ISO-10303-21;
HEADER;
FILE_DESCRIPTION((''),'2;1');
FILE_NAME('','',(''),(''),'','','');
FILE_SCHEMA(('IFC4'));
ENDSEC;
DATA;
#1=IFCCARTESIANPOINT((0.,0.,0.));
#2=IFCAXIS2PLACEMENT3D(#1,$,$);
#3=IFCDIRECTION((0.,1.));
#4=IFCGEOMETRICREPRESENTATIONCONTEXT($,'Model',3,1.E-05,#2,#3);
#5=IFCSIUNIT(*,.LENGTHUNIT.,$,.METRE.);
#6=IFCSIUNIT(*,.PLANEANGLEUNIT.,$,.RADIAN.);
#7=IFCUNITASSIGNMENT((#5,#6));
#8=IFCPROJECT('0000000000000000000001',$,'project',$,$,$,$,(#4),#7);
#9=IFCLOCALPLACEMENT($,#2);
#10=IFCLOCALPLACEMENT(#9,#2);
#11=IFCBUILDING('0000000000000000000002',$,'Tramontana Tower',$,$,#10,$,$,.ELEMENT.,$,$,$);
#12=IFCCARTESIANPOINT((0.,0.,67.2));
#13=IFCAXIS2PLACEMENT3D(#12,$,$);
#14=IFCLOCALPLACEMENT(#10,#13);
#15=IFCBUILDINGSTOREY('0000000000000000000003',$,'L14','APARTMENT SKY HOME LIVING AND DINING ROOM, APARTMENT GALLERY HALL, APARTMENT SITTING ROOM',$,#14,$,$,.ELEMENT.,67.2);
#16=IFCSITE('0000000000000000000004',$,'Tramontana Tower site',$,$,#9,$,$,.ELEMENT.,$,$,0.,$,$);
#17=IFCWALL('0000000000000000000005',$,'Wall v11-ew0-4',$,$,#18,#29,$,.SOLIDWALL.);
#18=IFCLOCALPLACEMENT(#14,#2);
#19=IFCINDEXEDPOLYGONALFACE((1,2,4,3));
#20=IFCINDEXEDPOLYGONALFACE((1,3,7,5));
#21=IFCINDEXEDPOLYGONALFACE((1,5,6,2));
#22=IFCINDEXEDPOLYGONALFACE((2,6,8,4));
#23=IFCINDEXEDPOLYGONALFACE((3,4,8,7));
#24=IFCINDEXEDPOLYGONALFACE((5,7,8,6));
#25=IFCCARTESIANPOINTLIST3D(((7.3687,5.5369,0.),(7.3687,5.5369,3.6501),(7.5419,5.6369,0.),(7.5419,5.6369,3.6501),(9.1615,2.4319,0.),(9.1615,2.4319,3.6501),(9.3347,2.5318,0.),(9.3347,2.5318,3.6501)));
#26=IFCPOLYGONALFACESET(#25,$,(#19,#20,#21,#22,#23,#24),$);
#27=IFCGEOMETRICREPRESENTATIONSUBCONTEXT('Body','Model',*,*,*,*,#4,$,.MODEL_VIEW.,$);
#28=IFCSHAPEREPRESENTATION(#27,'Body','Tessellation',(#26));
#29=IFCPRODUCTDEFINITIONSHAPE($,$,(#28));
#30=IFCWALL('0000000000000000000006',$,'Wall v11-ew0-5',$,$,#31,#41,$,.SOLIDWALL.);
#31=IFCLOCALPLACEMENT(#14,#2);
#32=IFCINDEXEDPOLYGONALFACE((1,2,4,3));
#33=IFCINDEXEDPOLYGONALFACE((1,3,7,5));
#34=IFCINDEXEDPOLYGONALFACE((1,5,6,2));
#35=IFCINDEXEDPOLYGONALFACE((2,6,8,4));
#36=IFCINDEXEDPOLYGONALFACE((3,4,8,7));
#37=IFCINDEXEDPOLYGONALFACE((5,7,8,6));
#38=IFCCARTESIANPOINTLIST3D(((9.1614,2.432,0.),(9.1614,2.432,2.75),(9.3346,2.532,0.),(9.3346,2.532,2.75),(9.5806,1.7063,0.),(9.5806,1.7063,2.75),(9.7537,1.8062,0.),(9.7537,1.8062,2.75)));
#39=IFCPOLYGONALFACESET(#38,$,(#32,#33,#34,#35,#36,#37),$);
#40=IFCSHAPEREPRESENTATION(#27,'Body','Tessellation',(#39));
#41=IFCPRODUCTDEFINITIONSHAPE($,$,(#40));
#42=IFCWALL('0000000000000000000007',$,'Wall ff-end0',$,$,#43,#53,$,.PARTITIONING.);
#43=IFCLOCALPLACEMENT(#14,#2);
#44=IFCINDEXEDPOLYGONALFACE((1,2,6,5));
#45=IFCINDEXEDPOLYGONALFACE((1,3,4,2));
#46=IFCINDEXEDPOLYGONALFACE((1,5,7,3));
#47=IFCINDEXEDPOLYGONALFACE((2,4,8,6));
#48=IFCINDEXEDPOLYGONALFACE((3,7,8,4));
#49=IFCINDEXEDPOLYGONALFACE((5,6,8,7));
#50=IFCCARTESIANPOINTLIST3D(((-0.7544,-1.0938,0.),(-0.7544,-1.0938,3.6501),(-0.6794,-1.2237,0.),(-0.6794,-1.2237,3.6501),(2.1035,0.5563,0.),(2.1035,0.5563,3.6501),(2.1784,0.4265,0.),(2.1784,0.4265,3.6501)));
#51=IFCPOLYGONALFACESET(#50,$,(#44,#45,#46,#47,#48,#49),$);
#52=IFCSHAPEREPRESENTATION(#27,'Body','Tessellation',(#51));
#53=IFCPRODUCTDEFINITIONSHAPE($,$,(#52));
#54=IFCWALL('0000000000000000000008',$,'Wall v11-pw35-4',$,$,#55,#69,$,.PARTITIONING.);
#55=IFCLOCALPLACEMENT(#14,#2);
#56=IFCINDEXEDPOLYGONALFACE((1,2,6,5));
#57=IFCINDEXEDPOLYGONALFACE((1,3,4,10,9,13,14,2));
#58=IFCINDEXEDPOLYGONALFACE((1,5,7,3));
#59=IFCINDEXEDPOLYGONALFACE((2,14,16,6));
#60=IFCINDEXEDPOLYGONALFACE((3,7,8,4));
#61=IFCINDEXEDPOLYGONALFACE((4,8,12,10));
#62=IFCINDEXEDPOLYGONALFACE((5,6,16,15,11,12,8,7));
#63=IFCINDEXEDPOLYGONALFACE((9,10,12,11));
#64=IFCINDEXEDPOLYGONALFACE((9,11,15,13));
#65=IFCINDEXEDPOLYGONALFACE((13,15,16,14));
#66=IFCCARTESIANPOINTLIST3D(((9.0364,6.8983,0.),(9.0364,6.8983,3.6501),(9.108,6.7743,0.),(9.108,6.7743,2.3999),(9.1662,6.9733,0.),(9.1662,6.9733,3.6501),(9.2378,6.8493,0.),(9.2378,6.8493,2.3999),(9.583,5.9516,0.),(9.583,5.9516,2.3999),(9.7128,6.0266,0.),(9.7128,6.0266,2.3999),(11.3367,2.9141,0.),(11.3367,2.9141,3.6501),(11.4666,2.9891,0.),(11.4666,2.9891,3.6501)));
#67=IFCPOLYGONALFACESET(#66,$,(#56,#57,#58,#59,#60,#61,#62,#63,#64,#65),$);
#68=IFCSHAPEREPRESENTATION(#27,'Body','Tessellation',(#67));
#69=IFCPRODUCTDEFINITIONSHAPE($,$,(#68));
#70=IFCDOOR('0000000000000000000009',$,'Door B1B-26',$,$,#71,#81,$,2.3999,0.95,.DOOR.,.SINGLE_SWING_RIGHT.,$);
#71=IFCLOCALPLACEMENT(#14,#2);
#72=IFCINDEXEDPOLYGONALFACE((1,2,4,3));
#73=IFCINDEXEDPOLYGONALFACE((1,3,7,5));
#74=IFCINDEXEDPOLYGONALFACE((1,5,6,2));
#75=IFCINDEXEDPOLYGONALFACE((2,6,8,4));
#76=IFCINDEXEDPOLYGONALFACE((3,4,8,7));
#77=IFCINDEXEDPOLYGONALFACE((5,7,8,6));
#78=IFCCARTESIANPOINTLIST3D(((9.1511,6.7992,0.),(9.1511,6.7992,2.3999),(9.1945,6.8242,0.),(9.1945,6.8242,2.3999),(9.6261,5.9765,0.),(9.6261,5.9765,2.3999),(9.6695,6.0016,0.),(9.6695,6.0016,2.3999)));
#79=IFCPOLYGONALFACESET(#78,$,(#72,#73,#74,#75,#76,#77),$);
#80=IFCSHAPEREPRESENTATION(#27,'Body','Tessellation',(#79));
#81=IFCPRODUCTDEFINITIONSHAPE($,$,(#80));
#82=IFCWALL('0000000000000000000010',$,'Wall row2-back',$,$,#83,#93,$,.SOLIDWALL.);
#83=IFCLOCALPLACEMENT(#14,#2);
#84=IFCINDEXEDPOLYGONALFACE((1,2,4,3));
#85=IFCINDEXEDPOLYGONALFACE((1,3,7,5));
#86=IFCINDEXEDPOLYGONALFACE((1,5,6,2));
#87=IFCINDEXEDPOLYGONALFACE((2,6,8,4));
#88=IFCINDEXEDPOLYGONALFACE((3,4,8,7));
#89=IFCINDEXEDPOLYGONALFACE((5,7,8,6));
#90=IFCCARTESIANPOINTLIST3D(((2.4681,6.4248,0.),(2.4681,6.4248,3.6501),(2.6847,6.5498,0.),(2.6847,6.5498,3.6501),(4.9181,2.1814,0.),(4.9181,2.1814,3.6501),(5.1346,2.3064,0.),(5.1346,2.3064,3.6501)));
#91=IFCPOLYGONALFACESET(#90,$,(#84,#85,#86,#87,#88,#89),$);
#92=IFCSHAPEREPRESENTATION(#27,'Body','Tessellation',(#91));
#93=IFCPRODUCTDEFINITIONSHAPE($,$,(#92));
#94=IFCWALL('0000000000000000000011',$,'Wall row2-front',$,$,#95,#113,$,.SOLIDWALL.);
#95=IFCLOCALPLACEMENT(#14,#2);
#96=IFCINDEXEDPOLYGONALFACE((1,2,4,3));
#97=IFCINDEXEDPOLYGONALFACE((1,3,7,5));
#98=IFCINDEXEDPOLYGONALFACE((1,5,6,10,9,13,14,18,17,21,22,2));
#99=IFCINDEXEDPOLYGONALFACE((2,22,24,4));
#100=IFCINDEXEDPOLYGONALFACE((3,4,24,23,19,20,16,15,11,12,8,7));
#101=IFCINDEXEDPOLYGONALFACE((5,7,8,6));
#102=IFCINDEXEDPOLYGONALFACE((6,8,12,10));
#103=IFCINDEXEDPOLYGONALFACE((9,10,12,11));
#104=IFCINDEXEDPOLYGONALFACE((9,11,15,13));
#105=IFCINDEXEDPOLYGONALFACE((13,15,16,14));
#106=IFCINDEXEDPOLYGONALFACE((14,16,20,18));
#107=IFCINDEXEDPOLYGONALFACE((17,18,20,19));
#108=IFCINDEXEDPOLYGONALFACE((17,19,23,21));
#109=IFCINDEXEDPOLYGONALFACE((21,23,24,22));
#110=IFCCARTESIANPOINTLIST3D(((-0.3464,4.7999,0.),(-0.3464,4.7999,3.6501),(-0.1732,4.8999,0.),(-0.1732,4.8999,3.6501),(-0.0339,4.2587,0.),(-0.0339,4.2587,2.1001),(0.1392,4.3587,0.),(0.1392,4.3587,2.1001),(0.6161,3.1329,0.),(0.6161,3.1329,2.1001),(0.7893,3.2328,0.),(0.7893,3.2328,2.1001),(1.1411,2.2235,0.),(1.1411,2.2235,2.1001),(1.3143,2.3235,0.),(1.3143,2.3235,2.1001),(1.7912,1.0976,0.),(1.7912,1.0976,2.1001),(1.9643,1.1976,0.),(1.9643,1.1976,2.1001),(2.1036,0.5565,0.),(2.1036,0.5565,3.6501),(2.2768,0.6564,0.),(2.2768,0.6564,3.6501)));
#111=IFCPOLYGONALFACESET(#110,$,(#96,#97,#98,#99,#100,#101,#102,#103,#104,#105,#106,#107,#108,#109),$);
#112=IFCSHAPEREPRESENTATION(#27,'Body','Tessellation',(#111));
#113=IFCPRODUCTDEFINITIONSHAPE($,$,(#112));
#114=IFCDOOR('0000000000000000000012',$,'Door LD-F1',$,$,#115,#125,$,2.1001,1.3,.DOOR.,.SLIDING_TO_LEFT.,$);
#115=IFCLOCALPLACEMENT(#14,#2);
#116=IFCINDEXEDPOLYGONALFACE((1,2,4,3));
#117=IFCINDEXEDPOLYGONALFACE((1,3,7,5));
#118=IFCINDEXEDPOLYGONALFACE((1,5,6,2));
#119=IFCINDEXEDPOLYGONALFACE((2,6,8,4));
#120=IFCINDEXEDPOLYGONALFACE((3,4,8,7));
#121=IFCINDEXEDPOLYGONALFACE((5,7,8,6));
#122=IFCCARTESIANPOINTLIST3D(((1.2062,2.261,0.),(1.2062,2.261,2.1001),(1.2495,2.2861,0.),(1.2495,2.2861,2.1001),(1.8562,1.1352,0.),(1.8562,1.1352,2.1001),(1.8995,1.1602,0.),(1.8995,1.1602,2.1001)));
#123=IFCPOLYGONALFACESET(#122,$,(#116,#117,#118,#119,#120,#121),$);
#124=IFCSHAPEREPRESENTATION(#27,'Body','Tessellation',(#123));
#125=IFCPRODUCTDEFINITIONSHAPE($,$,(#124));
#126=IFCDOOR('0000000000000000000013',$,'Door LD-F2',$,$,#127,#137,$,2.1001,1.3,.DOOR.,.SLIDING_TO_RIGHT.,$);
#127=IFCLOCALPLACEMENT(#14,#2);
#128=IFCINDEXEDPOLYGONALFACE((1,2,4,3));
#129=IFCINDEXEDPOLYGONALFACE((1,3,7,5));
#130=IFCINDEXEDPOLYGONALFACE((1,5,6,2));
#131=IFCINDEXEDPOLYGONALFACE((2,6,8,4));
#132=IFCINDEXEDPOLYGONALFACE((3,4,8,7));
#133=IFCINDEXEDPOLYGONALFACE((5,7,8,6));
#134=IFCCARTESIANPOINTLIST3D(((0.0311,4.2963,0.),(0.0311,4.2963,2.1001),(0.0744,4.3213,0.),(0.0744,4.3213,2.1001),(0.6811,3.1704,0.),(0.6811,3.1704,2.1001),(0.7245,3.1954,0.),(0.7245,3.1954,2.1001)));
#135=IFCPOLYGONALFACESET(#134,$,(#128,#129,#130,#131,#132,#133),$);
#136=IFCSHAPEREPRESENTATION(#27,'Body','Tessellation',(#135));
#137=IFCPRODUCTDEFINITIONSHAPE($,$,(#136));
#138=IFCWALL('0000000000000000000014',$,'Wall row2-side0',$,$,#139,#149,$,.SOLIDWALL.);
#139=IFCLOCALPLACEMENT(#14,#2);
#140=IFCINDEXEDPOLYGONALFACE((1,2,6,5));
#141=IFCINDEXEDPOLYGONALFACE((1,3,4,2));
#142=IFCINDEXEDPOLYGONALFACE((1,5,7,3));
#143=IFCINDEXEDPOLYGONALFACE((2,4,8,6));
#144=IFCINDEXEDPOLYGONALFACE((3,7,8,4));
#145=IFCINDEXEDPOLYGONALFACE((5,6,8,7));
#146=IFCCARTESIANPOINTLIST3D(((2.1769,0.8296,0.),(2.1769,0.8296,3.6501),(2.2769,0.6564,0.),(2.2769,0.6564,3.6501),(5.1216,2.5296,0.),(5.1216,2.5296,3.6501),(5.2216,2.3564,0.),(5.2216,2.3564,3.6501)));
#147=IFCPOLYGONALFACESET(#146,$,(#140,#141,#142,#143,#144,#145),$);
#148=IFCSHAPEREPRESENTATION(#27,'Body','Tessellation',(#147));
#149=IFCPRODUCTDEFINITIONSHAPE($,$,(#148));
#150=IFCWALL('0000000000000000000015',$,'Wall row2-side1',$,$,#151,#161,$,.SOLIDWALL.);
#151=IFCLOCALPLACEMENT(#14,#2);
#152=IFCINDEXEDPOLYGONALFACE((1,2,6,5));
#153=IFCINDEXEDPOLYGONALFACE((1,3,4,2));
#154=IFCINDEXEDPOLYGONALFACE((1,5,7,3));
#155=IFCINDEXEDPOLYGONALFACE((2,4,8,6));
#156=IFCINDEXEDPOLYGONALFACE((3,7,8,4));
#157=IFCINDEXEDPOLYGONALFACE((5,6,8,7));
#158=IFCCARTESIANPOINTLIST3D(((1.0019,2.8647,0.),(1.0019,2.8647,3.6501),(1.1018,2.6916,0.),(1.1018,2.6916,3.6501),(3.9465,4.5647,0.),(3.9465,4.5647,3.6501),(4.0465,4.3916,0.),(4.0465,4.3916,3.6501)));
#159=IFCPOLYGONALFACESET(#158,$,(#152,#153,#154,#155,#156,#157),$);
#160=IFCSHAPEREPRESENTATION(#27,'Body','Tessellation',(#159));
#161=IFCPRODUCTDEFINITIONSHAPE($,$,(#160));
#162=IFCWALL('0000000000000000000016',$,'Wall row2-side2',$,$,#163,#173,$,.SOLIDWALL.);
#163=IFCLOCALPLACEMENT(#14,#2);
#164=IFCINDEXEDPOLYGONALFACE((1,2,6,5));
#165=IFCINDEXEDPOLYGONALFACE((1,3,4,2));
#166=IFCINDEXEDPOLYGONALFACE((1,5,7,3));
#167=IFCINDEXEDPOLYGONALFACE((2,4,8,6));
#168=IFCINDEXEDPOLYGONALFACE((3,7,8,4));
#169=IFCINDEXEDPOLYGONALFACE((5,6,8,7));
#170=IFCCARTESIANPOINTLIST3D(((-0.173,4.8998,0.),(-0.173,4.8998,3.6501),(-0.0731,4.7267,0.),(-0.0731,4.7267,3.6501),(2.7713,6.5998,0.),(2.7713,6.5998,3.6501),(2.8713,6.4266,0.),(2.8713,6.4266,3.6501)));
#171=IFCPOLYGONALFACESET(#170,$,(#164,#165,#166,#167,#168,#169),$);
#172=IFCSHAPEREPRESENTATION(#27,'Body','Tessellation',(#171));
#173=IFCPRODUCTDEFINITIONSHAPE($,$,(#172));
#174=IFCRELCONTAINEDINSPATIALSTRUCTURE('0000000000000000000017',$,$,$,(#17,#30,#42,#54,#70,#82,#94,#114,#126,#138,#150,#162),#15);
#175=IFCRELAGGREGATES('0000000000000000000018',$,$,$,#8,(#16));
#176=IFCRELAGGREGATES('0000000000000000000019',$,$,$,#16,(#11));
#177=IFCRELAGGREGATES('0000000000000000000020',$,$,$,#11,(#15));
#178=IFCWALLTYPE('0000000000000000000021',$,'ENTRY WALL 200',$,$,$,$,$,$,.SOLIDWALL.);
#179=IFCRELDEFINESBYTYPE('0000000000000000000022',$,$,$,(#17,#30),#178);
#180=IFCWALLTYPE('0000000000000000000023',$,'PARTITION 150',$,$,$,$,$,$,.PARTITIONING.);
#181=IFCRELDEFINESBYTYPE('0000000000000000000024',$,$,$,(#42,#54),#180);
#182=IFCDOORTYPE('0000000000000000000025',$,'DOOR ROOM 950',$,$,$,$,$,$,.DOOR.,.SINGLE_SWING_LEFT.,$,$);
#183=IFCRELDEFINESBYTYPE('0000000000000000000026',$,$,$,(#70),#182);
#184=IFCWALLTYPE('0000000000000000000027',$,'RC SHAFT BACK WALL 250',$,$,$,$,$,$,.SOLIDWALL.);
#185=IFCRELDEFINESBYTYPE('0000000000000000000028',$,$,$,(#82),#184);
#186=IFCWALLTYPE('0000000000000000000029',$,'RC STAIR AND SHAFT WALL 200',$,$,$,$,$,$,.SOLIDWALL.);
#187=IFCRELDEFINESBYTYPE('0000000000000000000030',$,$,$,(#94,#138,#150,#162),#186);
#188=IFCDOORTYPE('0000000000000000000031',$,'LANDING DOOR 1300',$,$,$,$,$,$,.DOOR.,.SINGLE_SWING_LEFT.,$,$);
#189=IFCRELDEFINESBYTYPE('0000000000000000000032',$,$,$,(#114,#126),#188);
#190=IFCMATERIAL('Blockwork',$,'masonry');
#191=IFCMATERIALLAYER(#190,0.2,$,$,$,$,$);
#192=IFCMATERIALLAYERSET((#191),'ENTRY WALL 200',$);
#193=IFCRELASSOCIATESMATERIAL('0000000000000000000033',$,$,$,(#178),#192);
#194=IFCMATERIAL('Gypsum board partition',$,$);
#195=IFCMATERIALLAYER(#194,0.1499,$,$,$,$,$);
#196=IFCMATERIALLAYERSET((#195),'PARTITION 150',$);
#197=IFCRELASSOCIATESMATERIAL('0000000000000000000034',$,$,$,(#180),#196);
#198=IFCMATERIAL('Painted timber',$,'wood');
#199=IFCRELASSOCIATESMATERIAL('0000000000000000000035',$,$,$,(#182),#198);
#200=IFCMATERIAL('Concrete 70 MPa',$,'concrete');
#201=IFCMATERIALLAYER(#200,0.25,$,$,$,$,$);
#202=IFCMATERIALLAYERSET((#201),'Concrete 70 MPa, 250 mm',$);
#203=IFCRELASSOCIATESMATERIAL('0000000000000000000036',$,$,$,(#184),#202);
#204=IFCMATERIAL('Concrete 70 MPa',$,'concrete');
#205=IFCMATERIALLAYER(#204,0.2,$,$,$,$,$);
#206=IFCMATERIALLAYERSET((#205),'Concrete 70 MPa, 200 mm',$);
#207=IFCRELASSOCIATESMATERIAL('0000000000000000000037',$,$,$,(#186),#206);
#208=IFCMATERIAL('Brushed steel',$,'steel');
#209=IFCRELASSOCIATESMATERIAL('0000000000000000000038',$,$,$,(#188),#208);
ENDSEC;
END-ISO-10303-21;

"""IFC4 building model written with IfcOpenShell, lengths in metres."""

from ifc_helpers import new_model, si_unit, direction, frame, frame_2d, origin, place, context, subcontext, project, spatial, rectangle, extrude, material, layer, layer_set, type_object, element, fill, save


model = new_model("IFC4")

# Units and contexts
model_context = context("Model", 3, precision=1e-05, world=origin(), true_north=direction((0.0, 1.0)))
body_context = subcontext(model_context, "Body", "Model", "MODEL_VIEW")
ifc_project = project(units=[si_unit("LENGTHUNIT", "METRE"), si_unit("PLANEANGLEUNIT", "RADIAN")], contexts=[model_context])

# Site, building, storey
site_placement = place(None, origin())
site = spatial("IfcSite", under=ifc_project, at=site_placement, Name="Tramontana Tower site", CompositionType="ELEMENT", RefElevation=0.0)
building_placement = place(site_placement, origin())
building = spatial("IfcBuilding", under=site, at=building_placement, Name="Tramontana Tower", CompositionType="ELEMENT")
storey_placement = place(building_placement, frame((0.0, 0.0, 67.2)))
storey = spatial("IfcBuildingStorey", under=building, at=storey_placement, Name="L14", Description="APARTMENT SKY HOME LIVING AND DINING ROOM, APARTMENT GALLERY HALL, APARTMENT SITTING ROOM", CompositionType="ELEMENT", Elevation=67.2)

# Walls
ifc_material_1 = material(Name="Blockwork", Category="masonry")
ifc_layer_1 = layer(ifc_material_1, 0.2)
ifc_layer_set_1 = layer_set([ifc_layer_1], Name="ENTRY WALL 200")
wall_type_1 = type_object("IfcWallType", Name="ENTRY WALL 200", PredefinedType="SOLIDWALL", material=ifc_layer_set_1)
wall_1_placement = place(storey_placement, frame((7.4553, 5.5869, 0.0), z_axis=(0.0, 0.0, 1.0), x_axis=(0.500013, -0.866018, 0.0)))
element("IfcWall", 1, at=wall_1_placement, inside=storey, type_object=wall_type_1, Name="Wall v11-ew0-4", PredefinedType="SOLIDWALL", context=body_context, shape_type="SweptSolid", body=[
    extrude(rectangle(XDim=3.5854, YDim=0.2, at=frame_2d((1.7927, 0.0))), origin(), (0.0, 0.0, 1.0), 3.6501),
])
wall_2_placement = place(storey_placement, frame((9.248, 2.4819, 0.0), z_axis=(0.0, 0.0, 1.0), x_axis=(0.500117, -0.865958, 0.0)))
element("IfcWall", 2, at=wall_2_placement, inside=storey, type_object=wall_type_1, Name="Wall v11-ew0-5", PredefinedType="SOLIDWALL", context=body_context, shape_type="SweptSolid", body=[
    extrude(rectangle(XDim=0.8381, YDim=0.2, at=frame_2d((0.4189, 0.0))), origin(), (0.0, 0.0, 1.0), 2.75),
])

# Shared definitions
ifc_material_2 = material(Name="Gypsum board partition")
ifc_layer_2 = layer(ifc_material_2, 0.1499)
ifc_layer_set_2 = layer_set([ifc_layer_2], Name="PARTITION 150")
wall_type_2 = type_object("IfcWallType", Name="PARTITION 150", PredefinedType="PARTITIONING", material=ifc_layer_set_2)

# Wall
wall_3_placement = place(storey_placement, frame((-0.7168, -1.1587, 0.0), z_axis=(0.0, 0.0, 1.0), x_axis=(0.866008, 0.50003, 0.0)))
element("IfcWall", 3, at=wall_3_placement, inside=storey, type_object=wall_type_2, Name="Wall ff-end0", PredefinedType="PARTITIONING", context=body_context, shape_type="SweptSolid", body=[
    extrude(rectangle(XDim=3.3, YDim=0.1499, at=frame_2d((1.6499, 0.0))), origin(), (0.0, 0.0, 1.0), 3.6501),
])

# Wall, opening, door
wall_4_placement = place(storey_placement, frame((9.1013, 6.9358, 0.0), z_axis=(0.0, 0.0, 1.0), x_axis=(0.500009, -0.86602, 0.0)))
wall_4 = element("IfcWall", 4, at=wall_4_placement, inside=storey, type_object=wall_type_2, Name="Wall v11-pw35-4", PredefinedType="PARTITIONING", context=body_context, shape_type="SweptSolid", body=[
    extrude(rectangle(XDim=4.6006, YDim=0.1499, at=frame_2d((2.3003, 0.0))), origin(), (0.0, 0.0, 1.0), 3.6501),
])
opening_1_placement = place(wall_4_placement, frame((0.1431, 0.0, 0.0)))
opening_1 = element("IfcOpeningElement", 5, at=opening_1_placement, cuts=wall_4, PredefinedType="OPENING", context=body_context, shape_type="SweptSolid", body=[
    extrude(rectangle(XDim=0.95, YDim=2.3999, at=frame_2d((0.4751, 1.2))), frame((0.0, 0.085, 0.0), z_axis=(0.0, -1.0, 0.0), x_axis=(1.0, 0.0, 0.0)), (0.0, 0.0, 1.0), 0.1699),
])
ifc_material_3 = material(Name="Painted timber", Category="wood")
door_type_1 = type_object("IfcDoorType", Name="DOOR ROOM 950", OperationType="SINGLE_SWING_LEFT", PredefinedType="DOOR", material=ifc_material_3)
door_1_placement = place(opening_1_placement, origin())
door_1 = element("IfcDoor", 6, at=door_1_placement, inside=storey, type_object=door_type_1, Name="Door B1B-26", OperationType="SINGLE_SWING_RIGHT", OverallHeight=2.3999, OverallWidth=0.95, PredefinedType="DOOR", context=body_context, shape_type="SweptSolid", body=[
    extrude(rectangle(XDim=0.95, YDim=2.3999, at=frame_2d((0.4751, 1.2))), frame((0.0, 0.0249, 0.0), z_axis=(0.0, -1.0, 0.0), x_axis=(1.0, 0.0, 0.0)), (0.0, 0.0, 1.0), 0.05),
])
fill(opening_1, door_1)

# Wall
ifc_material_4 = material(Name="Concrete 70 MPa", Category="concrete")
ifc_layer_3 = layer(ifc_material_4, 0.25)
ifc_layer_set_3 = layer_set([ifc_layer_3], Name="Concrete 70 MPa, 250 mm")
wall_type_3 = type_object("IfcWallType", Name="RC SHAFT BACK WALL 250", PredefinedType="SOLIDWALL", material=ifc_layer_set_3)
wall_5_placement = place(storey_placement, frame((5.0264, 2.2439, 0.0), z_axis=(0.0, 0.0, 1.0), x_axis=(-0.500003, 0.866024, 0.0)))
element("IfcWall", 7, at=wall_5_placement, inside=storey, type_object=wall_type_3, Name="Wall row2-back", PredefinedType="SOLIDWALL", context=body_context, shape_type="SweptSolid", body=[
    extrude(rectangle(XDim=4.8999, YDim=0.25, at=frame_2d((2.45, 0.0))), origin(), (0.0, 0.0, 1.0), 3.6501),
])

# Shared definitions
ifc_material_5 = material(Name="Concrete 70 MPa", Category="concrete")
ifc_layer_4 = layer(ifc_material_5, 0.2)
ifc_layer_set_4 = layer_set([ifc_layer_4], Name="Concrete 70 MPa, 200 mm")
wall_type_4 = type_object("IfcWallType", Name="RC STAIR AND SHAFT WALL 200", PredefinedType="SOLIDWALL", material=ifc_layer_set_4)

# Wall, openings, doors
wall_6_placement = place(storey_placement, frame((2.1902, 0.6064, 0.0), z_axis=(0.0, 0.0, 1.0), x_axis=(-0.500003, 0.866024, 0.0)))
wall_6 = element("IfcWall", 8, at=wall_6_placement, inside=storey, type_object=wall_type_4, Name="Wall row2-front", PredefinedType="SOLIDWALL", context=body_context, shape_type="SweptSolid", body=[
    extrude(rectangle(XDim=4.8999, YDim=0.2, at=frame_2d((2.45, 0.0))), origin(), (0.0, 0.0, 1.0), 3.6501),
])
opening_2_placement = place(wall_6_placement, frame((0.625, 0.0, 0.0)))
opening_2 = element("IfcOpeningElement", 9, at=opening_2_placement, cuts=wall_6, PredefinedType="OPENING", context=body_context, shape_type="SweptSolid", body=[
    extrude(rectangle(XDim=1.3, YDim=2.1001, at=frame_2d((0.6499, 1.05))), frame((0.0, 0.1099, 0.0), z_axis=(0.0, -1.0, 0.0), x_axis=(1.0, 0.0, 0.0)), (0.0, 0.0, 1.0), 0.22),
])
opening_3_placement = place(wall_6_placement, frame((2.9751, 0.0, 0.0)))
opening_3 = element("IfcOpeningElement", 10, at=opening_3_placement, cuts=wall_6, PredefinedType="OPENING", context=body_context, shape_type="SweptSolid", body=[
    extrude(rectangle(XDim=1.3, YDim=2.1001, at=frame_2d((0.6499, 1.05))), frame((0.0, 0.1099, 0.0), z_axis=(0.0, -1.0, 0.0), x_axis=(1.0, 0.0, 0.0)), (0.0, 0.0, 1.0), 0.22),
])
ifc_material_6 = material(Name="Brushed steel", Category="steel")
door_type_2 = type_object("IfcDoorType", Name="LANDING DOOR 1300", OperationType="SINGLE_SWING_LEFT", PredefinedType="DOOR", material=ifc_material_6)
door_2_placement = place(opening_2_placement, origin())
door_2 = element("IfcDoor", 11, at=door_2_placement, inside=storey, type_object=door_type_2, Name="Door LD-F1", OperationType="SLIDING_TO_LEFT", OverallHeight=2.1001, OverallWidth=1.3, PredefinedType="DOOR", context=body_context, shape_type="SweptSolid", body=[
    extrude(rectangle(XDim=1.3, YDim=2.1001, at=frame_2d((0.6499, 1.05))), frame((0.0, 0.0249, 0.0), z_axis=(0.0, -1.0, 0.0), x_axis=(1.0, 0.0, 0.0)), (0.0, 0.0, 1.0), 0.05),
])
fill(opening_2, door_2)
door_3_placement = place(opening_3_placement, origin())
door_3 = element("IfcDoor", 12, at=door_3_placement, inside=storey, type_object=door_type_2, Name="Door LD-F2", OperationType="SLIDING_TO_RIGHT", OverallHeight=2.1001, OverallWidth=1.3, PredefinedType="DOOR", context=body_context, shape_type="SweptSolid", body=[
    extrude(rectangle(XDim=1.3, YDim=2.1001, at=frame_2d((0.6499, 1.05))), frame((0.0, 0.0249, 0.0), z_axis=(0.0, -1.0, 0.0), x_axis=(1.0, 0.0, 0.0)), (0.0, 0.0, 1.0), 0.05),
])
fill(opening_3, door_3)

# Walls
for number, where, z_axis, x_axis, name in (
    (13, (2.2268, 0.7429, 0.0), (0.0, 0.0, 1.0), (0.866039, 0.499977, 0.0), "Wall row2-side0"),
    (14, (1.0518, 2.7781, 0.0), (0.0, 0.0, 1.0), (0.866039, 0.499977, 0.0), "Wall row2-side1"),
):
    element("IfcWall", number, at=place(storey_placement, frame(where, z_axis=z_axis, x_axis=x_axis)), inside=storey, type_object=wall_type_4, Name=name, PredefinedType="SOLIDWALL", context=body_context, shape_type="SweptSolid", body=[
        extrude(rectangle(XDim=3.4001, YDim=0.2, at=frame_2d((1.7002, 0.0))), origin(), (0.0, 0.0, 1.0), 3.6501),
    ])
wall_7_placement = place(storey_placement, frame((-0.123, 4.8132, 0.0), z_axis=(0.0, 0.0, 1.0), x_axis=(0.866021, 0.500008, 0.0)))
element("IfcWall", 15, at=wall_7_placement, inside=storey, type_object=wall_type_4, Name="Wall row2-side2", PredefinedType="SOLIDWALL", context=body_context, shape_type="SweptSolid", body=[
    extrude(rectangle(XDim=3.3999, YDim=0.2, at=frame_2d((1.7, 0.0))), origin(), (0.0, 0.0, 1.0), 3.6501),
])

save(model, "model.ifc")
